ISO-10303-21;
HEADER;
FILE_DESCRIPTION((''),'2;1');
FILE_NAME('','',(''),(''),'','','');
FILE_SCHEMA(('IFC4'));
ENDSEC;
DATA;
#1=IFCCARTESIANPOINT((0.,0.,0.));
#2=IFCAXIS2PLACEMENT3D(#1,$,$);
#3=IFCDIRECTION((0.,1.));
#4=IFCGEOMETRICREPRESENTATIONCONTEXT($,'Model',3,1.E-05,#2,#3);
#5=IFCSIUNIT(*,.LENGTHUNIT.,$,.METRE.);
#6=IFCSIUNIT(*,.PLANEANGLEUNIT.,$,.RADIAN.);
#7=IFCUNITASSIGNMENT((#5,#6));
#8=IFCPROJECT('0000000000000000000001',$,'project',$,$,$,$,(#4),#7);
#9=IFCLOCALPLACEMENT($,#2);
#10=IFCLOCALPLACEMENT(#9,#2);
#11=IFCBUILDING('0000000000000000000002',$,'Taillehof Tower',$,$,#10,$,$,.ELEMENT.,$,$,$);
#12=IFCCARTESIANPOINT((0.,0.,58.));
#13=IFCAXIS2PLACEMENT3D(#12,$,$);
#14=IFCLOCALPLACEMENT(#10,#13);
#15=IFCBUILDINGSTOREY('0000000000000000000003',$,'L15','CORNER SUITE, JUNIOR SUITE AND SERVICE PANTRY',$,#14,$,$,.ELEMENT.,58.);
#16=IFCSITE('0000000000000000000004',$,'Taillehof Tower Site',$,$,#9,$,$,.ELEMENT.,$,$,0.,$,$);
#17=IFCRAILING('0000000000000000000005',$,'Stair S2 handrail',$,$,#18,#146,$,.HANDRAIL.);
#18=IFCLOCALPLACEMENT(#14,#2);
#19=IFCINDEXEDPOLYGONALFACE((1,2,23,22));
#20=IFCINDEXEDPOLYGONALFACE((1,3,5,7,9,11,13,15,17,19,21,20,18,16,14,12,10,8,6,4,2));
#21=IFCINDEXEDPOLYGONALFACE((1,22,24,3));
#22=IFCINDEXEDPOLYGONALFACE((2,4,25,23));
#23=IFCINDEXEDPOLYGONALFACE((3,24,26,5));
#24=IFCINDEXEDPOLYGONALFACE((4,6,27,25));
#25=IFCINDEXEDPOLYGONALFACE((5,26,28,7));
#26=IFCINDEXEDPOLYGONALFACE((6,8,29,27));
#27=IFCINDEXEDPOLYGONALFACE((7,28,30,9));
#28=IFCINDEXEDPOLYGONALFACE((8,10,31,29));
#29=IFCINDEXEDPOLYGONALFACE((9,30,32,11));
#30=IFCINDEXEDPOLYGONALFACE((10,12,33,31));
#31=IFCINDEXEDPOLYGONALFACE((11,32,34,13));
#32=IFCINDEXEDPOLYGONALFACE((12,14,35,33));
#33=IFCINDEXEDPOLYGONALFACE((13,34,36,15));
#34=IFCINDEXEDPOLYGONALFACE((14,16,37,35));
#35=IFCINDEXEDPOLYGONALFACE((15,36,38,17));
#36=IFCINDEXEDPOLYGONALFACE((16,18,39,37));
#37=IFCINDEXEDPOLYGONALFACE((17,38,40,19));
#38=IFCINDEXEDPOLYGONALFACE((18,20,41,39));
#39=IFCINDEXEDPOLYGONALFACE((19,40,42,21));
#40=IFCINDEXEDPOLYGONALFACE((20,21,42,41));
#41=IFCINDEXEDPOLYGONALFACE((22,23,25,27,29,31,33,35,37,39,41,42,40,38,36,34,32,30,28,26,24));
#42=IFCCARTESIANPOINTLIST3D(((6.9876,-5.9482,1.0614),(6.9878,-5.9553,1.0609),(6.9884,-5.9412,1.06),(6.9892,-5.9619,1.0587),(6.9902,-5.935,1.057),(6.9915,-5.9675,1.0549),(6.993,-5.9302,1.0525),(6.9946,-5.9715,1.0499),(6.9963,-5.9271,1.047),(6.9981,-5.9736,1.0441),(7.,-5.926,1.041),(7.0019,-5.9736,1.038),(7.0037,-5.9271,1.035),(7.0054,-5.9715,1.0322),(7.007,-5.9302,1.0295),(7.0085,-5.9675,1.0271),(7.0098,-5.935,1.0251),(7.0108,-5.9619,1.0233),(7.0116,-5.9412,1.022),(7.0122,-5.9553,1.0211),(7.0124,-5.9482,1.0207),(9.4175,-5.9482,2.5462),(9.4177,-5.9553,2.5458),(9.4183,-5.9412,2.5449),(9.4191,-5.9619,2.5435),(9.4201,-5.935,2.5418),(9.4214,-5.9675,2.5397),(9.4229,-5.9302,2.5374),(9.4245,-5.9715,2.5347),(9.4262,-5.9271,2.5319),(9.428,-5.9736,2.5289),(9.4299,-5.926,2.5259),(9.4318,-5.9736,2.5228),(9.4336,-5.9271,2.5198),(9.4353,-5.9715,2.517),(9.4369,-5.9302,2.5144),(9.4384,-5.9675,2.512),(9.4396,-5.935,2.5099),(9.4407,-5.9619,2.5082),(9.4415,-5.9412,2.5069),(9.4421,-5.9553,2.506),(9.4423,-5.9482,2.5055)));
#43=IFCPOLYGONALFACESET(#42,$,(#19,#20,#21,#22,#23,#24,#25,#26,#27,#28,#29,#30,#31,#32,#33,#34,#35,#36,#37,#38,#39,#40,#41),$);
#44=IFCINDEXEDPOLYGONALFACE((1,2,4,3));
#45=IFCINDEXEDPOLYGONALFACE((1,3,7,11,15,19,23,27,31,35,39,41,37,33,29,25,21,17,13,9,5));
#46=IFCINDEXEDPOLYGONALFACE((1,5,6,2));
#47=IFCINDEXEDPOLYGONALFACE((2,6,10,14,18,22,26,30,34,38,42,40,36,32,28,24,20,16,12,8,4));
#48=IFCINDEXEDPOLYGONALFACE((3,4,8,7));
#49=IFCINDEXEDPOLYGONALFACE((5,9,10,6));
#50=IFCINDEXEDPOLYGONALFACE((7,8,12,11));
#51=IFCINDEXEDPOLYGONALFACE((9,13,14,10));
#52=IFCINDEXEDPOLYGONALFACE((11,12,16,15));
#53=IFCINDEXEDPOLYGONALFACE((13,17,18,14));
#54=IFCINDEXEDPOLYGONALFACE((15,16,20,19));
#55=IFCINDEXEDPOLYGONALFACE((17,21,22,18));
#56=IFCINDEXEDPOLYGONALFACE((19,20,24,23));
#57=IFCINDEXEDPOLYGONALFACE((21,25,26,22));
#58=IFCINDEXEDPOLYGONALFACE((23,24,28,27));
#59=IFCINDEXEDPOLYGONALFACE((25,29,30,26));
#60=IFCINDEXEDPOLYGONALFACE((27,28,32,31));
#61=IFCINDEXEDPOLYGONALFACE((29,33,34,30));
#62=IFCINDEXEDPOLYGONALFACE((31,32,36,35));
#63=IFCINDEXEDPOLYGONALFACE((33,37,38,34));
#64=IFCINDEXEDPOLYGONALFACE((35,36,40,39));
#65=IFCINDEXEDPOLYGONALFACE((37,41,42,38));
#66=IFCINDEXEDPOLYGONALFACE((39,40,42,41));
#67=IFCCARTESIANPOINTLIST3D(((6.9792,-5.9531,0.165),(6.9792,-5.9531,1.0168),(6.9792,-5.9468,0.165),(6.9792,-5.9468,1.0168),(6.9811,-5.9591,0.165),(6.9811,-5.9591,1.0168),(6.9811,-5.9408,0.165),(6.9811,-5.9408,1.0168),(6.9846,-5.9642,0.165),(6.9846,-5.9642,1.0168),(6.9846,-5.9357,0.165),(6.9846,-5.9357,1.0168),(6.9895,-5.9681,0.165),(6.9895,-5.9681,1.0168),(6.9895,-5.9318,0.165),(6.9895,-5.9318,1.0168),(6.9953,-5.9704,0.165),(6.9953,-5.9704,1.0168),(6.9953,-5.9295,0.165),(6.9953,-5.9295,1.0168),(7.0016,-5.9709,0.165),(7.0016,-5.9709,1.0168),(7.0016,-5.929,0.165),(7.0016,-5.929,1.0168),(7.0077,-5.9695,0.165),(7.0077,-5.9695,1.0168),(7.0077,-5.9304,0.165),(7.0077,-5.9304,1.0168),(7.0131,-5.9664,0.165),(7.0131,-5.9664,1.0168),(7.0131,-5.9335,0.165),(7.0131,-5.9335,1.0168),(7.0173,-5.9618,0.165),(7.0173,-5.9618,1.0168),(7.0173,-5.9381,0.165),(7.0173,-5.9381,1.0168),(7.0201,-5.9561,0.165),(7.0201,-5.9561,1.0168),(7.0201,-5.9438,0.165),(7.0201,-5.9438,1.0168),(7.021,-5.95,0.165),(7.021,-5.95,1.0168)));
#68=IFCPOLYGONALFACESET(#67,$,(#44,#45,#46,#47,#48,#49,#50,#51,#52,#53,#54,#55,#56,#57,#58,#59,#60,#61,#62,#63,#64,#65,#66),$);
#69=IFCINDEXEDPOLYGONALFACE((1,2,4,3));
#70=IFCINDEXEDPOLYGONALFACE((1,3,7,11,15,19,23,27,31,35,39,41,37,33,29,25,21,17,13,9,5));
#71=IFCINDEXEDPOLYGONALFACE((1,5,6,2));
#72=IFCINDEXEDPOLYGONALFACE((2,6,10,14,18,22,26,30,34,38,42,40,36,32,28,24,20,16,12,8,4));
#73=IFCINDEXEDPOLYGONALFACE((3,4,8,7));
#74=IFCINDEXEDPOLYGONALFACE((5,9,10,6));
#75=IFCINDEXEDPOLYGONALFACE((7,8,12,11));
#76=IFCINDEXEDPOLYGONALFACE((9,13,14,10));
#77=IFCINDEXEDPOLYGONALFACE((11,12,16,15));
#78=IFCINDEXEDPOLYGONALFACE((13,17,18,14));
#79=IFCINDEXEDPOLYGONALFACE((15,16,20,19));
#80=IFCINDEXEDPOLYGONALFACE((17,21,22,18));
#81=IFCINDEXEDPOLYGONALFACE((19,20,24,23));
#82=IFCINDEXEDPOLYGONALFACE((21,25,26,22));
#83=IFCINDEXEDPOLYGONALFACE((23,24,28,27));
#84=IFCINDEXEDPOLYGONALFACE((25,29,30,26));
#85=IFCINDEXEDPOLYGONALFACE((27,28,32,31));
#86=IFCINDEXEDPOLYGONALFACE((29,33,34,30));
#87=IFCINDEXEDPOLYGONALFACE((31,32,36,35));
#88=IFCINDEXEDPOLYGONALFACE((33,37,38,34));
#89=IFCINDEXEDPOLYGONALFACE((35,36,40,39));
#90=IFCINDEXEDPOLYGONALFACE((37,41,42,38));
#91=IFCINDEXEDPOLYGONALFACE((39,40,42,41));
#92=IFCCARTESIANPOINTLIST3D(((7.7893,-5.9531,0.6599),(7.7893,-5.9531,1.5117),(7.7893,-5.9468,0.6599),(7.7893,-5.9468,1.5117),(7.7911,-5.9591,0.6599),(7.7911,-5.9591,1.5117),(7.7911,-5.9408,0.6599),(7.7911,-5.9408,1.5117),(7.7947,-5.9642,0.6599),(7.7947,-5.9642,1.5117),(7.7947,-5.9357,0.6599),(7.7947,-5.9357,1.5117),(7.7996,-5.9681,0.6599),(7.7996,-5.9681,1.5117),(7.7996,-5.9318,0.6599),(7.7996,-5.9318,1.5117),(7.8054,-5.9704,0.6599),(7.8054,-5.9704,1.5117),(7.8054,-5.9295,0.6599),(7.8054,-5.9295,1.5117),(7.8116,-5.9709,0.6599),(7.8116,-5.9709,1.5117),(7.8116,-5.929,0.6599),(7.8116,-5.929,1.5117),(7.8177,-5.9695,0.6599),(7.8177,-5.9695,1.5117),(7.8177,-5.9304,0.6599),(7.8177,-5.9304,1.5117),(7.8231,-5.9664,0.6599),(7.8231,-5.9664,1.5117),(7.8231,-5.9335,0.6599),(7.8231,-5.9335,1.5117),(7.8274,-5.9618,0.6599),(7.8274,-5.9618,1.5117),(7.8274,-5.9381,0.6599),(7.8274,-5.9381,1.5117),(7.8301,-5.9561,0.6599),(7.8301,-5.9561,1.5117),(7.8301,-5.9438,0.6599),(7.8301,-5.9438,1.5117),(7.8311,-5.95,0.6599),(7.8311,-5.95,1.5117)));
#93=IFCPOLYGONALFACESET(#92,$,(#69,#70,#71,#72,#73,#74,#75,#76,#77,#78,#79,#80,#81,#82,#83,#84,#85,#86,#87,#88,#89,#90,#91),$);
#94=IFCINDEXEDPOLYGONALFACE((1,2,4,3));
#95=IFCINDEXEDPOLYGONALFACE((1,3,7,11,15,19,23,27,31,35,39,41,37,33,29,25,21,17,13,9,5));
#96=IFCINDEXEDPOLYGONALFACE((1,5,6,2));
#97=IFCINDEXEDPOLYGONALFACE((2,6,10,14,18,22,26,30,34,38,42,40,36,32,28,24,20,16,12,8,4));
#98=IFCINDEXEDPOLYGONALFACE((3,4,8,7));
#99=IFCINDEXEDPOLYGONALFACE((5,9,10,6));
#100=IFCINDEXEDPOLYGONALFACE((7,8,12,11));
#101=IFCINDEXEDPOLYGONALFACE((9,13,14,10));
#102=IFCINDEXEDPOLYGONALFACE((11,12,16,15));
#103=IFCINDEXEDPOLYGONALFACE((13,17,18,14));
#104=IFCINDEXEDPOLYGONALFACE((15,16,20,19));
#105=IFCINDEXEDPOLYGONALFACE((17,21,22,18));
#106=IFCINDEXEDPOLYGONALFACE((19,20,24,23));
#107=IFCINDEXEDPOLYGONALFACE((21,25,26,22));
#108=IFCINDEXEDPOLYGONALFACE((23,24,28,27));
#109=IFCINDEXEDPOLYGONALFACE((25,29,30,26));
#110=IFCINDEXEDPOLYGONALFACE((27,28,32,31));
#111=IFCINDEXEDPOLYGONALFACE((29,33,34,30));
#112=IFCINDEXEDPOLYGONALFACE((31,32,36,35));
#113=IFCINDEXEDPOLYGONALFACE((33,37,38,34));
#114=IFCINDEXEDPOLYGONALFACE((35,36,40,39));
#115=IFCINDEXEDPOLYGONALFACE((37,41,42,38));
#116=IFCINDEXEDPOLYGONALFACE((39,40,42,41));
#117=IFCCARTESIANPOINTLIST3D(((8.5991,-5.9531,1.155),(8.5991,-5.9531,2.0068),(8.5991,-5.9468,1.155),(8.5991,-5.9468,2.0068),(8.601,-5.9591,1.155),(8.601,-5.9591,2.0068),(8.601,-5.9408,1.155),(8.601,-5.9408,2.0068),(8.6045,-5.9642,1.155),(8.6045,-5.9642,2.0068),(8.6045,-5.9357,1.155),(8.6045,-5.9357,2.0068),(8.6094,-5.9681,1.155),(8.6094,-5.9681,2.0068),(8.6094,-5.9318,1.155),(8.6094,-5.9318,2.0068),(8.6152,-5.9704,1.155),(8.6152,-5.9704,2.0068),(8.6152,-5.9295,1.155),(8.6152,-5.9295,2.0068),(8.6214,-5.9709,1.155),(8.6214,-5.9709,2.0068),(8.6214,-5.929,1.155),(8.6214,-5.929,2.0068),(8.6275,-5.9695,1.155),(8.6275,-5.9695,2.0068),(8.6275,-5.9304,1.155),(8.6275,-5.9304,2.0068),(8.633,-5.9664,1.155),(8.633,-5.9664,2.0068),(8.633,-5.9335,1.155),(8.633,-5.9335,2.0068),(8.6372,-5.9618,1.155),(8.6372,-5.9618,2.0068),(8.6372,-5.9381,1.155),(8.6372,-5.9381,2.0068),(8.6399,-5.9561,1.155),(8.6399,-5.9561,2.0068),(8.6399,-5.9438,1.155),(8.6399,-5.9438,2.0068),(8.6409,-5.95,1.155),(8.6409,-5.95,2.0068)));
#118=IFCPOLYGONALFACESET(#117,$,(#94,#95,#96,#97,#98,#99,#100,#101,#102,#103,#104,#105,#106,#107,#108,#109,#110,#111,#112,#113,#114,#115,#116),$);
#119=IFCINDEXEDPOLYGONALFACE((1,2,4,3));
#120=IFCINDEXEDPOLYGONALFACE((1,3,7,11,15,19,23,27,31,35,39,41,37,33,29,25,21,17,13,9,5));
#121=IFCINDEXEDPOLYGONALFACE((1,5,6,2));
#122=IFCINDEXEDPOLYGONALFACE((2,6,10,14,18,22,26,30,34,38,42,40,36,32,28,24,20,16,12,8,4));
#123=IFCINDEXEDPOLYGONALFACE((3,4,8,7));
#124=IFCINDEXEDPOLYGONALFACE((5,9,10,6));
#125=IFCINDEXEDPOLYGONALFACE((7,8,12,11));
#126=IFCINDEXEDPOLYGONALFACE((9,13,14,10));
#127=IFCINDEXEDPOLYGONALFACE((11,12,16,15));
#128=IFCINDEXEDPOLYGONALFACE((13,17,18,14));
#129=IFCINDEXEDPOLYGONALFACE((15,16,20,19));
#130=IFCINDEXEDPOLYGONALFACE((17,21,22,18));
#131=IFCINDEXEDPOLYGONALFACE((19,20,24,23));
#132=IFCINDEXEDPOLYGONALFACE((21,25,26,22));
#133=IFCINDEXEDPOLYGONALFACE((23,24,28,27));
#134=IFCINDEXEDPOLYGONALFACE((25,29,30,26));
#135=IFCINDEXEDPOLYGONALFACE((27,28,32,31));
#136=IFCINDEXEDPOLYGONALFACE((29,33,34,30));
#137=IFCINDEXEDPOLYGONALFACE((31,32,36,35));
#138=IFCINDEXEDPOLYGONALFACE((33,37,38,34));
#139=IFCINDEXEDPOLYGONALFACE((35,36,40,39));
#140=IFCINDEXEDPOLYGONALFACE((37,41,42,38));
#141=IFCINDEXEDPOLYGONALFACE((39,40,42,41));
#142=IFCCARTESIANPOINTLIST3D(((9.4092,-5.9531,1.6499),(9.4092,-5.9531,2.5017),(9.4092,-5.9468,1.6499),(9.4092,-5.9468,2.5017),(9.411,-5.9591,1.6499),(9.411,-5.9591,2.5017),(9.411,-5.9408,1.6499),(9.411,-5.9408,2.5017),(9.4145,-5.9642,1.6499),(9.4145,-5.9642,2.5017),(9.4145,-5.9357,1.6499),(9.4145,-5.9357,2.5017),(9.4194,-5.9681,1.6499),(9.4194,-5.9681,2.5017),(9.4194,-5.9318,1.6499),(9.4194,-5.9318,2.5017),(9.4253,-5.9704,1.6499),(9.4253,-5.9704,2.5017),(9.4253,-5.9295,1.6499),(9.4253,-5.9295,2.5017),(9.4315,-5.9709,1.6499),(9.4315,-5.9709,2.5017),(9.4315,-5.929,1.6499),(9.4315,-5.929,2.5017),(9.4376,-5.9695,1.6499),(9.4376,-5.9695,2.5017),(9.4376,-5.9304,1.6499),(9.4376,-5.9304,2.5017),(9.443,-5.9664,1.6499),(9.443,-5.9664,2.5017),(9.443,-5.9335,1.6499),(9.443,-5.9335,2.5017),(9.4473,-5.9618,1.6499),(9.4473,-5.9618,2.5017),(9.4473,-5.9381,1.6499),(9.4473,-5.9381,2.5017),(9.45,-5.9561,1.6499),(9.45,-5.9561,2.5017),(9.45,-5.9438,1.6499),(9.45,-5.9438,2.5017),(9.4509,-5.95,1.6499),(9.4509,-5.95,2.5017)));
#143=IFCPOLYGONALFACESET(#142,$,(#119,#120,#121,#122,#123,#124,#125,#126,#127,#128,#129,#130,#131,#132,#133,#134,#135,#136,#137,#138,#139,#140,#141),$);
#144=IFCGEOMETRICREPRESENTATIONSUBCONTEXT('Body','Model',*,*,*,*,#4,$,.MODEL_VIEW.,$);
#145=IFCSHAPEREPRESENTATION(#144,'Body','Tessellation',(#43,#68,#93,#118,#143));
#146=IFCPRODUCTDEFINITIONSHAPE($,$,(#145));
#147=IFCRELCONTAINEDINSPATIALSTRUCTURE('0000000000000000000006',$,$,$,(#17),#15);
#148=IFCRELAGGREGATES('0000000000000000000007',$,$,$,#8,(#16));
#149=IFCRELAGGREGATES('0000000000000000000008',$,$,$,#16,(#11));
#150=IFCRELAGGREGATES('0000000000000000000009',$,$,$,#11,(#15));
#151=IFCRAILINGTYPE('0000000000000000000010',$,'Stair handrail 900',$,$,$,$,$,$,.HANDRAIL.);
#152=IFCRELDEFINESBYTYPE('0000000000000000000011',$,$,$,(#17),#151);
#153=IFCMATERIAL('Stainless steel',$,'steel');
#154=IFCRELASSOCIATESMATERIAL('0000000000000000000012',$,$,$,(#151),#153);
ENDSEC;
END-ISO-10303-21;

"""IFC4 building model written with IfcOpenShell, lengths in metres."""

from ifc_helpers import new_model, si_unit, direction, frame, origin, origin_2d, place, context, subcontext, project, spatial, circle, extrude, material, type_object, element, save


model = new_model("IFC4")

# Units and contexts
model_context = context("Model", 3, precision=1e-05, world=origin(), true_north=direction((0.0, 1.0)))
body_context = subcontext(model_context, "Body", "Model", "MODEL_VIEW")
ifc_project = project(units=[si_unit("LENGTHUNIT", "METRE"), si_unit("PLANEANGLEUNIT", "RADIAN")], contexts=[model_context])

# Site, building, storey
site_placement = place(None, origin())
site = spatial("IfcSite", under=ifc_project, at=site_placement, Name="Taillehof Tower Site", CompositionType="ELEMENT", RefElevation=0.0)
building_placement = place(site_placement, origin())
building = spatial("IfcBuilding", under=site, at=building_placement, Name="Taillehof Tower", CompositionType="ELEMENT")
storey_placement = place(building_placement, frame((0.0, 0.0, 58.0)))
storey = spatial("IfcBuildingStorey", under=building, at=storey_placement, Name="L15", Description="CORNER SUITE, JUNIOR SUITE AND SERVICE PANTRY", CompositionType="ELEMENT", Elevation=58.0)

# Railing
ifc_material_1 = material(Name="Stainless steel", Category="steel")
railing_type = type_object("IfcRailingType", Name="Stair handrail 900", PredefinedType="HANDRAIL", material=ifc_material_1)
railing_placement = place(storey_placement, frame((7.0, -5.95, 0.165)))
element("IfcRailing", 1, at=railing_placement, inside=storey, type_object=railing_type, Name="Stair S2 handrail", PredefinedType="HANDRAIL", context=body_context, shape_type="SweptSolid", body=[
    extrude(circle(Radius=0.0239, at=origin_2d()), frame((0.0, 0.0, 0.876), z_axis=(0.853297, 0.0, 0.521426), x_axis=(0.0, 1.0, 0.0)), (0.0, 0.0, 1.0), 2.8477),
    extrude(circle(Radius=0.021, at=origin_2d()), origin(), (0.0, 0.0, 1.0), 0.8518),
    extrude(circle(Radius=0.021, at=origin_2d()), frame((0.8101, 0.0, 0.4949)), (0.0, 0.0, 1.0), 0.8518),
    extrude(circle(Radius=0.021, at=origin_2d()), frame((1.6199, 0.0, 0.99)), (0.0, 0.0, 1.0), 0.8518),
    extrude(circle(Radius=0.021, at=origin_2d()), frame((2.4299, 0.0, 1.4849)), (0.0, 0.0, 1.0), 0.8518),
])

save(model, "model.ifc")
